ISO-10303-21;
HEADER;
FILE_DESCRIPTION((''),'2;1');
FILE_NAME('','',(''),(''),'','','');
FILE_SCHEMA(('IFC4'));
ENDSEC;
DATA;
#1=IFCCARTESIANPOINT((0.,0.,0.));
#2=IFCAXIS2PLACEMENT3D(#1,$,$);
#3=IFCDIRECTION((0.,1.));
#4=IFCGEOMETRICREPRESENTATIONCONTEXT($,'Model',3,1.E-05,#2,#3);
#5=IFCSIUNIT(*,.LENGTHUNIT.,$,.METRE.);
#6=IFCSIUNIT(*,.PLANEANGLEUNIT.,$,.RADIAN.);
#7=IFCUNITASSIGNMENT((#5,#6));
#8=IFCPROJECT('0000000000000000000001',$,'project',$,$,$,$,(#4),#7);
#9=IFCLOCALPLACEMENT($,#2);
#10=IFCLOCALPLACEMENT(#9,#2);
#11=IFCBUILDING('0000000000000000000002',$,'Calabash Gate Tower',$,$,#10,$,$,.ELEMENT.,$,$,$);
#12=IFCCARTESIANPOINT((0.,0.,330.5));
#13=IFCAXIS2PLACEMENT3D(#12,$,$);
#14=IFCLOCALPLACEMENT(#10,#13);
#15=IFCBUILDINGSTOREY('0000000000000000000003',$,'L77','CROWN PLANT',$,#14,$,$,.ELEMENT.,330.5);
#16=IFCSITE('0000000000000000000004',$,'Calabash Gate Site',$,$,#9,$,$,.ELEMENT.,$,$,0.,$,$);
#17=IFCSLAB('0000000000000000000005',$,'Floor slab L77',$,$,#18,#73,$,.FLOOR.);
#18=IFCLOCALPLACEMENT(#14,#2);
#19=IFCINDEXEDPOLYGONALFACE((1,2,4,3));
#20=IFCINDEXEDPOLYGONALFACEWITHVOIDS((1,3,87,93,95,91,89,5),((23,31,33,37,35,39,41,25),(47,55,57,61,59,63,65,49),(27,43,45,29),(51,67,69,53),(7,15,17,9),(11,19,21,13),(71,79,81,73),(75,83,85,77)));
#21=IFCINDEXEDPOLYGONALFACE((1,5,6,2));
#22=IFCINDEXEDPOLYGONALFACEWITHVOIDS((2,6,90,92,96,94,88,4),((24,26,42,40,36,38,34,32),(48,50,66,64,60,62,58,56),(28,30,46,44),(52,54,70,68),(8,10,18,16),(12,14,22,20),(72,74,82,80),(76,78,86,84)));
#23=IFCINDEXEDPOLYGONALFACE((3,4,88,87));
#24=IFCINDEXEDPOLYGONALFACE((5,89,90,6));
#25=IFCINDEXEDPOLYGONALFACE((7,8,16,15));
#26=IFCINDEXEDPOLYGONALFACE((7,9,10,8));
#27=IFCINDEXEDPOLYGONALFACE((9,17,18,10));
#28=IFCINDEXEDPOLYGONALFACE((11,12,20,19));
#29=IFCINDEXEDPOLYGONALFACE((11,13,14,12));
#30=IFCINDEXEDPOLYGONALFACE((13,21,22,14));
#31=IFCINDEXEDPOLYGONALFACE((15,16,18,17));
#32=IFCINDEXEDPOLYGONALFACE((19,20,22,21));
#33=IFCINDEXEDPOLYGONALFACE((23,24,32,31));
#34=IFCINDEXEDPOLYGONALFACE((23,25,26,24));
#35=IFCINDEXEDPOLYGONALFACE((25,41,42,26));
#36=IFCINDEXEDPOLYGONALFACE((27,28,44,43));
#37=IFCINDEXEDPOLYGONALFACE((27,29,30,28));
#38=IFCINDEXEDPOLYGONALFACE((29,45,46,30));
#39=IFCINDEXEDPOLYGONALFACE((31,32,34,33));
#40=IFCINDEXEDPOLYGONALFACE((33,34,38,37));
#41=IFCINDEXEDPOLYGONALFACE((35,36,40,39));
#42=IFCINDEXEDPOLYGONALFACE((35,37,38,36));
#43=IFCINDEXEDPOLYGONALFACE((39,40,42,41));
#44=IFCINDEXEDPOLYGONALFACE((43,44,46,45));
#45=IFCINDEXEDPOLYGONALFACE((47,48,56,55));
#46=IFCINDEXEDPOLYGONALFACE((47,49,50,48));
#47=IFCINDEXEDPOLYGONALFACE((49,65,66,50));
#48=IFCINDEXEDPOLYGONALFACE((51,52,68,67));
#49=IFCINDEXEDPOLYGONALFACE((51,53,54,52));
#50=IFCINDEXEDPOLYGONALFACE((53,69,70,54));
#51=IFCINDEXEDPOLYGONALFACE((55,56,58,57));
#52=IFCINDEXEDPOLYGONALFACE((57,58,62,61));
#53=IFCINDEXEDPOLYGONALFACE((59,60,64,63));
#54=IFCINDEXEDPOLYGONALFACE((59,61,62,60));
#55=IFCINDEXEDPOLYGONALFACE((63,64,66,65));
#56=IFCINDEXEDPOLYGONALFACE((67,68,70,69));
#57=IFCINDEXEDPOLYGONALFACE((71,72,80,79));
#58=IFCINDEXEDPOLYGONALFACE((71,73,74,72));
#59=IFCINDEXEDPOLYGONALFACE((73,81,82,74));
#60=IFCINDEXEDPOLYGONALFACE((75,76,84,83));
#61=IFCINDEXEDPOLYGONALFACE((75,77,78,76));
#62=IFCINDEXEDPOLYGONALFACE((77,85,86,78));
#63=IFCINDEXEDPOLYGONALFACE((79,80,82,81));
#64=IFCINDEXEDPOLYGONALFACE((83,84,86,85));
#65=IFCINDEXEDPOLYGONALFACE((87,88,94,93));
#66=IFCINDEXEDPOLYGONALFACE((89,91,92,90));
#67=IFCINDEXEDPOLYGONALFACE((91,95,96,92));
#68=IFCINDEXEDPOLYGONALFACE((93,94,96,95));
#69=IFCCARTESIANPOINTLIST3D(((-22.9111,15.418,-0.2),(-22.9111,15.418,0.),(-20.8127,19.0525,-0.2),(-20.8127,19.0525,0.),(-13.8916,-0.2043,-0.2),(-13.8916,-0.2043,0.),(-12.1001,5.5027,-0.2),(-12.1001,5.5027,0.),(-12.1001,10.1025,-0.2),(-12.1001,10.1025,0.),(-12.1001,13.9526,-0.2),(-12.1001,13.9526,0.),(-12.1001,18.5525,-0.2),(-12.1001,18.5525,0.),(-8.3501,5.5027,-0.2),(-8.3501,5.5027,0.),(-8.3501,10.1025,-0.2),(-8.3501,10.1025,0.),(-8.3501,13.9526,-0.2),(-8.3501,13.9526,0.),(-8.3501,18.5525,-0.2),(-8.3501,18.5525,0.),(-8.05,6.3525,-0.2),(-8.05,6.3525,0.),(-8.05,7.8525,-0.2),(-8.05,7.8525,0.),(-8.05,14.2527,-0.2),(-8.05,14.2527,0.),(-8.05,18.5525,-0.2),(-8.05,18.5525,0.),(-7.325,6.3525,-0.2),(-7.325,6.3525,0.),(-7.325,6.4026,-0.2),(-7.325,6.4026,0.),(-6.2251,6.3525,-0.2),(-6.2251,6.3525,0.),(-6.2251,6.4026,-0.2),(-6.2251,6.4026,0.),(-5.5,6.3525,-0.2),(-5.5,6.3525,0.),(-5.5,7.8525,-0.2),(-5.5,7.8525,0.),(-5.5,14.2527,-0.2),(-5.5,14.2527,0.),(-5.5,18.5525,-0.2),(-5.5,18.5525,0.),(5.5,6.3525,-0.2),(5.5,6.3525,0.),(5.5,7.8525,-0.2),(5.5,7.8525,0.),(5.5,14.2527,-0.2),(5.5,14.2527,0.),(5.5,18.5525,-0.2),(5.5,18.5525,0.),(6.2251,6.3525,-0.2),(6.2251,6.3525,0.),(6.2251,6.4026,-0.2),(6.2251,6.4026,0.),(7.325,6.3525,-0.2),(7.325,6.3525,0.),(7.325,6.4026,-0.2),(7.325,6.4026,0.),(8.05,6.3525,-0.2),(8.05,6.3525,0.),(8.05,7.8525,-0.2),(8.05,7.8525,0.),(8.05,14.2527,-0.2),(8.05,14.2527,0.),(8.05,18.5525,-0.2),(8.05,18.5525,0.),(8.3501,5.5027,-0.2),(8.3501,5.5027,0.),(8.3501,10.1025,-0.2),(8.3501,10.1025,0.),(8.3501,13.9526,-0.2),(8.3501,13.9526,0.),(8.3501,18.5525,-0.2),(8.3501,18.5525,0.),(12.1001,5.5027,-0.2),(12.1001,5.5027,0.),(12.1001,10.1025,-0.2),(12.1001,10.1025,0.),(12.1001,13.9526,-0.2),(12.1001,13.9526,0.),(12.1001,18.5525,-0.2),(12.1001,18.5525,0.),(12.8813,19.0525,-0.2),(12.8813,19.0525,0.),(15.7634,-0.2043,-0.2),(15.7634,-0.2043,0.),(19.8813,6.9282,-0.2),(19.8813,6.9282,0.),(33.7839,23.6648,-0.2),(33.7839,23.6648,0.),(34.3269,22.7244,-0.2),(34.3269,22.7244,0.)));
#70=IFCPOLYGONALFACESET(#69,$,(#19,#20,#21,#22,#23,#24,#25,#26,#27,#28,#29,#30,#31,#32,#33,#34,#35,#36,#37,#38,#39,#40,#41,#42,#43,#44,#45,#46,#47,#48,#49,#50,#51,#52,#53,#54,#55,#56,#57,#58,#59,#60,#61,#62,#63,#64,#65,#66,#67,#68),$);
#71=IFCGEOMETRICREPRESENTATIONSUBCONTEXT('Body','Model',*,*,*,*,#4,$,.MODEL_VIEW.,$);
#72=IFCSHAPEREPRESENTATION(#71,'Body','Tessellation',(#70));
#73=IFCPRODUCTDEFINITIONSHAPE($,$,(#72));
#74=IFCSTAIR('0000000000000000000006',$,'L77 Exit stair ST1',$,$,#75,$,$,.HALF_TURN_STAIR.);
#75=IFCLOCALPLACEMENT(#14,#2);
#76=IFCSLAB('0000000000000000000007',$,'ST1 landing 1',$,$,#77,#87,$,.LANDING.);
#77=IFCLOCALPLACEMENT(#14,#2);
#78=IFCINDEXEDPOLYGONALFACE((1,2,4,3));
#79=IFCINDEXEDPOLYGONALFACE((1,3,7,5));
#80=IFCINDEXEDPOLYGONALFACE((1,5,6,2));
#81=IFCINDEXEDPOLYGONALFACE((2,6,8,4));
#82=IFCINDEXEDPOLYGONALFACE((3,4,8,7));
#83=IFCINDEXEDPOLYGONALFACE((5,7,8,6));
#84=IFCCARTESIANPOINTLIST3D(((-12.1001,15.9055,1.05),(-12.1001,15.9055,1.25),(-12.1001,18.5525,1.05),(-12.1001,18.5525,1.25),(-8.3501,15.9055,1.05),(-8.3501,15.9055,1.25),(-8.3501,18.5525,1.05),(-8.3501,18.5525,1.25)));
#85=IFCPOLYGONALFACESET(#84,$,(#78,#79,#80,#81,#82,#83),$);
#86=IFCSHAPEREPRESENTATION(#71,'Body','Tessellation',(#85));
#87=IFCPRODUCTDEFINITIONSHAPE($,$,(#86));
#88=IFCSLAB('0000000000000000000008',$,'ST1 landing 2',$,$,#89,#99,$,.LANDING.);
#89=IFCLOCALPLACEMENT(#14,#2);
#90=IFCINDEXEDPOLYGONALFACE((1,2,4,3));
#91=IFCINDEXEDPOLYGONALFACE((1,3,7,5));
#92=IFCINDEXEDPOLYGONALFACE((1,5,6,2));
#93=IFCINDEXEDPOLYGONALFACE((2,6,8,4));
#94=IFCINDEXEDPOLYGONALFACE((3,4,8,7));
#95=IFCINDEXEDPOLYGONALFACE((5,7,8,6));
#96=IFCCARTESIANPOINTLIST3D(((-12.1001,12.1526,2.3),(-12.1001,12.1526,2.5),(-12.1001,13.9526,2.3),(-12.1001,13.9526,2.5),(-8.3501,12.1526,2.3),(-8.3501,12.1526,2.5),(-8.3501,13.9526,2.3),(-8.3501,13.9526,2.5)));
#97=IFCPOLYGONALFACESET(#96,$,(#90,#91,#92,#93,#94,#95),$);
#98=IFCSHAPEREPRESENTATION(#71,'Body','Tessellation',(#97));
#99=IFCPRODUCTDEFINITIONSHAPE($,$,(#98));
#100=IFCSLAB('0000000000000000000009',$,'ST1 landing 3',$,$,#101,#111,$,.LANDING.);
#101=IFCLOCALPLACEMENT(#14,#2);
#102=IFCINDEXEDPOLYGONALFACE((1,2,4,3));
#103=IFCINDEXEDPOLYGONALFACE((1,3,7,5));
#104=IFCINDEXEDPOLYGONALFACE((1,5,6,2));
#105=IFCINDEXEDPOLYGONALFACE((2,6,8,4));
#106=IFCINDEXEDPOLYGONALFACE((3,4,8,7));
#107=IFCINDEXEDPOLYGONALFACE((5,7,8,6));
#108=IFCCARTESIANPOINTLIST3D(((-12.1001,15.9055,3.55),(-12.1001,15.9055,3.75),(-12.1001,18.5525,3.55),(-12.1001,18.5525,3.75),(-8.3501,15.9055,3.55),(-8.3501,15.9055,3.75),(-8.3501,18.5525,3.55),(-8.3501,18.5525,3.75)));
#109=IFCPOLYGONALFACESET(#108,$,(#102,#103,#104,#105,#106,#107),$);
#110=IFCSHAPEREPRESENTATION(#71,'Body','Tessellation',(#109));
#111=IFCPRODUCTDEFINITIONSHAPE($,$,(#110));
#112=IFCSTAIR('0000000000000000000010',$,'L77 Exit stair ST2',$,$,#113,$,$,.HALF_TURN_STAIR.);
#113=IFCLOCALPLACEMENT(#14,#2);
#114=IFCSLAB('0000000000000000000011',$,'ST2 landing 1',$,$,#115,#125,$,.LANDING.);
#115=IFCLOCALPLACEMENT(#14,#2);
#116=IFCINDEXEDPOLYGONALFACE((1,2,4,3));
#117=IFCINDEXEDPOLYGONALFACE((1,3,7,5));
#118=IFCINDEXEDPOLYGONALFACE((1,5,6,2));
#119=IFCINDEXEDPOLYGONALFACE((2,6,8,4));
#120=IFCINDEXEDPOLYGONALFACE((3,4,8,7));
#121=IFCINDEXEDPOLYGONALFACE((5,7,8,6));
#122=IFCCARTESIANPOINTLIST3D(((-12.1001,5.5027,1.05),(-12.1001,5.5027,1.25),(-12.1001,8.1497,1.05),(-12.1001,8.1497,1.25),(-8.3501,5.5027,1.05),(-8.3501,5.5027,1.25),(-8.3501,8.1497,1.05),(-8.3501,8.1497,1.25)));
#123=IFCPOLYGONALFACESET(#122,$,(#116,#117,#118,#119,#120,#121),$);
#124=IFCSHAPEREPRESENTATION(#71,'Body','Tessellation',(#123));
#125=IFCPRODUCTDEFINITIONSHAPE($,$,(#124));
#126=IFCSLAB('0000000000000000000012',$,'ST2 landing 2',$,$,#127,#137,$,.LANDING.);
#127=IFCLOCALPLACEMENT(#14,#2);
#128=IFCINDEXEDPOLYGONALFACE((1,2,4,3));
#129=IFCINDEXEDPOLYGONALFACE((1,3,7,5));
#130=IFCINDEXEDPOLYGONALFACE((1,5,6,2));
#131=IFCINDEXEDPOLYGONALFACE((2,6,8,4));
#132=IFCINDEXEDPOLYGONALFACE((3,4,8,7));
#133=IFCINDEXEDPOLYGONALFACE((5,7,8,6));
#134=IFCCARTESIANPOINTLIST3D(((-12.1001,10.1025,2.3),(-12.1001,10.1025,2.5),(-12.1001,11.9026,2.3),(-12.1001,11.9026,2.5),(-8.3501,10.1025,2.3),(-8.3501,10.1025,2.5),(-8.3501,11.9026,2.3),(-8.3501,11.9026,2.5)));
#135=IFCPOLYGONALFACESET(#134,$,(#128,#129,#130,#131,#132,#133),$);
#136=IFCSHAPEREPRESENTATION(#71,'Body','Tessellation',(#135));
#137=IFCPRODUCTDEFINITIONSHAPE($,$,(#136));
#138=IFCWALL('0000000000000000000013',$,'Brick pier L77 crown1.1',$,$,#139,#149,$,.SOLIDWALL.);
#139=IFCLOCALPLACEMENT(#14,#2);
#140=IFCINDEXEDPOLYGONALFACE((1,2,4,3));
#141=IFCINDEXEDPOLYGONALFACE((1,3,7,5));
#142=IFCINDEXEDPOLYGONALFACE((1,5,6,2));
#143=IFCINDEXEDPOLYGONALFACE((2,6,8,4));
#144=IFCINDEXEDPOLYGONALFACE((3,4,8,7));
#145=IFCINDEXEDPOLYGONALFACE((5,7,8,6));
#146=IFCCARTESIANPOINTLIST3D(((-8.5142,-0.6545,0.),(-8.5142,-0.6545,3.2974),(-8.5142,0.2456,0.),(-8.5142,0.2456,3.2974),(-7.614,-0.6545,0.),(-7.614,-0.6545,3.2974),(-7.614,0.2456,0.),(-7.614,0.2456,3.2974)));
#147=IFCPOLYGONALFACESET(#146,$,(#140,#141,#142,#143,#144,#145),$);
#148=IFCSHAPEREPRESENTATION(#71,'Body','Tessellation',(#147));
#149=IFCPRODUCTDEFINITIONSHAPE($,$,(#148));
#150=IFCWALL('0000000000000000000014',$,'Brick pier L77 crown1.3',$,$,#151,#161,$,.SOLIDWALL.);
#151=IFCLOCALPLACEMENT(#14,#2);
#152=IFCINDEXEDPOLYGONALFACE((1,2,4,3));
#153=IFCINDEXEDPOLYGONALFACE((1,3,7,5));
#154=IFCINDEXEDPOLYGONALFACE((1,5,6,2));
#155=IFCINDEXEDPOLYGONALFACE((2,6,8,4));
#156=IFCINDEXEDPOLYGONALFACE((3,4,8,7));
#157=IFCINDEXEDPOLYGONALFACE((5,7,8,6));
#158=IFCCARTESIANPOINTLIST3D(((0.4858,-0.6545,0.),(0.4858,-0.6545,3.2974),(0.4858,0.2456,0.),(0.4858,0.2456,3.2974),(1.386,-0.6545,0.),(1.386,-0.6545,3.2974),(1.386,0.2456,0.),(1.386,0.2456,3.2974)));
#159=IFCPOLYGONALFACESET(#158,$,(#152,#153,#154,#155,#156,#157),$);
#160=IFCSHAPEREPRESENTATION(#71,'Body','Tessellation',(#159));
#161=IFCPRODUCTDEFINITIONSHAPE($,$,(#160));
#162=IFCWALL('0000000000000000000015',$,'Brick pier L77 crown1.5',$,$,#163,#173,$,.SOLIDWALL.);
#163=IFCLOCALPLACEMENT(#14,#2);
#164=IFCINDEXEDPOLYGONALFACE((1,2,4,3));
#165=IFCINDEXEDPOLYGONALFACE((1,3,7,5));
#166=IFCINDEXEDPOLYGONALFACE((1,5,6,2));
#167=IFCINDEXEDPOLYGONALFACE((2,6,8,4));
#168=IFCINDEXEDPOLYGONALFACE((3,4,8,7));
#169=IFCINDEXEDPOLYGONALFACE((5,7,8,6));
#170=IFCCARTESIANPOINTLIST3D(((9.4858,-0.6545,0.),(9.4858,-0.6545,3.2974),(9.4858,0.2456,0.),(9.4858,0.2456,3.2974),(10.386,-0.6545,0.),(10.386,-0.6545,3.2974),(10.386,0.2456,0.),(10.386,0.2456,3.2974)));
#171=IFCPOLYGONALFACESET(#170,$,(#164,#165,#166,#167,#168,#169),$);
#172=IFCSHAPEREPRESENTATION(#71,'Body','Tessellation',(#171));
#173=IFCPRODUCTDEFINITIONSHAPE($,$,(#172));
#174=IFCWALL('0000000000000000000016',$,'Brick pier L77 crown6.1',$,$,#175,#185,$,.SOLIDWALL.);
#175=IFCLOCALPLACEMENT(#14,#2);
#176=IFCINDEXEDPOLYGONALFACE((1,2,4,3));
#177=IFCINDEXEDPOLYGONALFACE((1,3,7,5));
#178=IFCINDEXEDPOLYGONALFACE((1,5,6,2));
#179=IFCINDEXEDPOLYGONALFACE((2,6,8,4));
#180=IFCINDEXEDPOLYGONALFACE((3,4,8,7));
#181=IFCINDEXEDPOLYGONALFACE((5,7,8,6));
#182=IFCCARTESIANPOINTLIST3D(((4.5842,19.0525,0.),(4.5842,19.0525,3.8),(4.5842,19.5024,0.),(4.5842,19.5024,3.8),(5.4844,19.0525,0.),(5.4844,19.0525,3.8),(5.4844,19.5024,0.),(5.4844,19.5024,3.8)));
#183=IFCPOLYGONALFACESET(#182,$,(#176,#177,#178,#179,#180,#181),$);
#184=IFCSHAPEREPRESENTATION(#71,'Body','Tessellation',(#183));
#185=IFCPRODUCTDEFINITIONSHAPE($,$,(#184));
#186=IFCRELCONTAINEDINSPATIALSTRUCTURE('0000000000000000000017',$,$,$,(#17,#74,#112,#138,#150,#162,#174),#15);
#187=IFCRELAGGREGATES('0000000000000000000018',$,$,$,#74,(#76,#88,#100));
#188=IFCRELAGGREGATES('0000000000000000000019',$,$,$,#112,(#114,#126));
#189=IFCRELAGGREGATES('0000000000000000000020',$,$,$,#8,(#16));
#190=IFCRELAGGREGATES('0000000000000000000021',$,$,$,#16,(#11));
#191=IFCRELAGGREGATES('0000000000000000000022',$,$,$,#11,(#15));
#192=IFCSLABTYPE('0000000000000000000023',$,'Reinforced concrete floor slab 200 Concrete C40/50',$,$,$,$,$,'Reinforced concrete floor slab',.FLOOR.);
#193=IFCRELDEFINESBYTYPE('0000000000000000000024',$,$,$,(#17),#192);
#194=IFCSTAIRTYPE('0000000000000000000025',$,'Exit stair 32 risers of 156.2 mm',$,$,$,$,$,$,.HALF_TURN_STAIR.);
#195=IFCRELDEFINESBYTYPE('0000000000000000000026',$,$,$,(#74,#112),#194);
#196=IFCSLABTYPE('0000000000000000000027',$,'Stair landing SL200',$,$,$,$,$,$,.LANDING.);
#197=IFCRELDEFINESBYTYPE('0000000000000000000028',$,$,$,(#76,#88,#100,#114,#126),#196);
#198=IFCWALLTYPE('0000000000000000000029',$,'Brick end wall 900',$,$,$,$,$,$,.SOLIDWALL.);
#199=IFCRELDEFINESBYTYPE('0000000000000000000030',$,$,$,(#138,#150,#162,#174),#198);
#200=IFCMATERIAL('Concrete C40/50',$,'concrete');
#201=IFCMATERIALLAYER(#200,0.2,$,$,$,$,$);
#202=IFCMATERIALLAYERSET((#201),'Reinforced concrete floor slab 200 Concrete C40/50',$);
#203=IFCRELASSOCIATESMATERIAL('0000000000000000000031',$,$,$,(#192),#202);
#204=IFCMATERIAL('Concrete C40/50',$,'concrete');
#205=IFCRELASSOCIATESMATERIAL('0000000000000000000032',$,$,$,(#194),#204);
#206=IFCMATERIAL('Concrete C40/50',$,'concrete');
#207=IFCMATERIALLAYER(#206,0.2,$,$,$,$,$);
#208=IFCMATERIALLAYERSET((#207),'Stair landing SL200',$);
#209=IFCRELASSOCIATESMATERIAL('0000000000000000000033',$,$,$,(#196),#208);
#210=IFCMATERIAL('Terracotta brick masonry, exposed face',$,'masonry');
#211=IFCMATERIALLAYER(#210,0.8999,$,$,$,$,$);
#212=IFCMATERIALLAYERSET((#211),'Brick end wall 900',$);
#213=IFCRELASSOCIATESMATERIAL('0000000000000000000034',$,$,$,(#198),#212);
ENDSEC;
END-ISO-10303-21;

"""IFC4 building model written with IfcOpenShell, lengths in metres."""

from ifc_helpers import new_model, si_unit, direction, frame, origin, place, context, subcontext, project, spatial, polyline, outline, extrude, material, layer, layer_set, type_object, element, aggregate, save


model = new_model("IFC4")

# Units and contexts
model_context = context("Model", 3, precision=1e-05, world=origin(), true_north=direction((0.0, 1.0)))
body_context = subcontext(model_context, "Body", "Model", "MODEL_VIEW")
ifc_project = project(units=[si_unit("LENGTHUNIT", "METRE"), si_unit("PLANEANGLEUNIT", "RADIAN")], contexts=[model_context])

# Site, building, storey
site_placement = place(None, origin())
site = spatial("IfcSite", under=ifc_project, at=site_placement, Name="Calabash Gate Site", CompositionType="ELEMENT", RefElevation=0.0)
building_placement = place(site_placement, origin())
building = spatial("IfcBuilding", under=site, at=building_placement, Name="Calabash Gate Tower", CompositionType="ELEMENT")
storey_placement = place(building_placement, frame((0.0, 0.0, 330.5)))
storey = spatial("IfcBuildingStorey", under=building, at=storey_placement, Name="L77", Description="CROWN PLANT", CompositionType="ELEMENT", Elevation=330.5)

# Slab
ifc_material_1 = material(Name="Concrete C40/50", Category="concrete")
ifc_layer_1 = layer(ifc_material_1, 0.2)
ifc_layer_set_1 = layer_set([ifc_layer_1], Name="Reinforced concrete floor slab 200 Concrete C40/50")
slab_type_1 = type_object("IfcSlabType", Name="Reinforced concrete floor slab 200 Concrete C40/50", ElementType="Reinforced concrete floor slab", PredefinedType="FLOOR", material=ifc_layer_set_1)
slab_1_placement = place(storey_placement, frame((0.0, 0.0, -0.2)))
element("IfcSlab", 1, at=slab_1_placement, inside=storey, type_object=slab_type_1, Name="Floor slab L77", PredefinedType="FLOOR", context=body_context, shape_type="SweptSolid", body=[
    extrude(outline(polyline([(-22.9111, 15.418), (-20.8127, 19.0525), (12.8813, 19.0525), (33.7839, 23.6648), (34.3269, 22.7244), (19.8813, 6.9282), (15.7634, -0.2043), (-13.8916, -0.2043), (-22.9111, 15.418)]), holes=[polyline([(-8.05, 18.5525), (-8.05, 14.2527), (-5.5, 14.2527), (-5.5, 18.5525), (-8.05, 18.5525)]), polyline([(8.05, 18.5525), (5.5, 18.5525), (5.5, 14.2527), (8.05, 14.2527), (8.05, 18.5525)]), polyline([(-8.3501, 18.5525), (-12.1001, 18.5525), (-12.1001, 13.9526), (-8.3501, 13.9526), (-8.3501, 18.5525)]), polyline([(-12.1001, 10.1025), (-12.1001, 5.5027), (-8.3501, 5.5027), (-8.3501, 10.1025), (-12.1001, 10.1025)]), polyline([(8.3501, 13.9526), (12.1001, 13.9526), (12.1001, 18.5525), (8.3501, 18.5525), (8.3501, 13.9526)]), polyline([(12.1001, 5.5027), (12.1001, 10.1025), (8.3501, 10.1025), (8.3501, 5.5027), (12.1001, 5.5027)]), polyline([(-7.325, 6.3525), (-7.325, 6.4026), (-6.2251, 6.4026), (-6.2251, 6.3525), (-5.5, 6.3525), (-5.5, 7.8525), (-8.05, 7.8525), (-8.05, 6.3525), (-7.325, 6.3525)]), polyline([(5.5, 6.3525), (6.2251, 6.3525), (6.2251, 6.4026), (7.325, 6.4026), (7.325, 6.3525), (8.05, 6.3525), (8.05, 7.8525), (5.5, 7.8525), (5.5, 6.3525)])]), origin(), (0.0, 0.0, 1.0), 0.2),
])

# Stairs, slabs
ifc_material_2 = material(Name="Concrete C40/50", Category="concrete")
stair_type = type_object("IfcStairType", Name="Exit stair 32 risers of 156.2 mm", PredefinedType="HALF_TURN_STAIR", material=ifc_material_2)
stair_1_placement = place(storey_placement, origin())
stair_1 = element("IfcStair", 2, at=stair_1_placement, inside=storey, type_object=stair_type, Name="L77 Exit stair ST1", PredefinedType="HALF_TURN_STAIR")
ifc_material_3 = material(Name="Concrete C40/50", Category="concrete")
ifc_layer_2 = layer(ifc_material_3, 0.2)
ifc_layer_set_2 = layer_set([ifc_layer_2], Name="Stair landing SL200")
slab_type_2 = type_object("IfcSlabType", Name="Stair landing SL200", PredefinedType="LANDING", material=ifc_layer_set_2)
slab_2_placement = place(storey_placement, frame((0.0, 0.0, 1.05)))
slab_2 = element("IfcSlab", 3, at=slab_2_placement, type_object=slab_type_2, Name="ST1 landing 1", PredefinedType="LANDING", context=body_context, shape_type="SweptSolid", body=[
    extrude(outline(polyline([(-8.3501, 15.9055), (-8.3501, 18.5525), (-12.1001, 18.5525), (-12.1001, 15.9055), (-8.3501, 15.9055)])), origin(), (0.0, 0.0, 1.0), 0.2),
])
slab_3_placement = place(storey_placement, frame((0.0, 0.0, 2.3)))
slab_3 = element("IfcSlab", 4, at=slab_3_placement, type_object=slab_type_2, Name="ST1 landing 2", PredefinedType="LANDING", context=body_context, shape_type="SweptSolid", body=[
    extrude(outline(polyline([(-8.3501, 12.1526), (-8.3501, 13.9526), (-12.1001, 13.9526), (-12.1001, 12.1526), (-8.3501, 12.1526)])), origin(), (0.0, 0.0, 1.0), 0.2),
])
slab_4_placement = place(storey_placement, frame((0.0, 0.0, 3.55)))
slab_4 = element("IfcSlab", 5, at=slab_4_placement, type_object=slab_type_2, Name="ST1 landing 3", PredefinedType="LANDING", context=body_context, shape_type="SweptSolid", body=[
    extrude(outline(polyline([(-8.3501, 15.9055), (-8.3501, 18.5525), (-12.1001, 18.5525), (-12.1001, 15.9055), (-8.3501, 15.9055)])), origin(), (0.0, 0.0, 1.0), 0.2),
])
aggregate(stair_1, [slab_2, slab_3, slab_4])
stair_2_placement = place(storey_placement, origin())
stair_2 = element("IfcStair", 6, at=stair_2_placement, inside=storey, type_object=stair_type, Name="L77 Exit stair ST2", PredefinedType="HALF_TURN_STAIR")
slab_5_placement = place(storey_placement, frame((0.0, 0.0, 1.05)))
slab_5 = element("IfcSlab", 7, at=slab_5_placement, type_object=slab_type_2, Name="ST2 landing 1", PredefinedType="LANDING", context=body_context, shape_type="SweptSolid", body=[
    extrude(outline(polyline([(-12.1001, 8.1497), (-12.1001, 5.5027), (-8.3501, 5.5027), (-8.3501, 8.1497), (-12.1001, 8.1497)])), origin(), (0.0, 0.0, 1.0), 0.2),
])
slab_6_placement = place(storey_placement, frame((0.0, 0.0, 2.3)))
slab_6 = element("IfcSlab", 8, at=slab_6_placement, type_object=slab_type_2, Name="ST2 landing 2", PredefinedType="LANDING", context=body_context, shape_type="SweptSolid", body=[
    extrude(outline(polyline([(-12.1001, 11.9026), (-12.1001, 10.1025), (-8.3501, 10.1025), (-8.3501, 11.9026), (-12.1001, 11.9026)])), origin(), (0.0, 0.0, 1.0), 0.2),
])
aggregate(stair_2, [slab_5, slab_6])

# Walls
ifc_material_4 = material(Name="Terracotta brick masonry, exposed face", Category="masonry")
ifc_layer_3 = layer(ifc_material_4, 0.8999)
ifc_layer_set_3 = layer_set([ifc_layer_3], Name="Brick end wall 900")
wall_type_1 = type_object("IfcWallType", Name="Brick end wall 900", PredefinedType="SOLIDWALL", material=ifc_layer_set_3)
wall_1_placement = place(storey_placement, origin())
element("IfcWall", 9, at=wall_1_placement, inside=storey, type_object=wall_type_1, Name="Brick pier L77 crown1.1", PredefinedType="SOLIDWALL", context=body_context, shape_type="SweptSolid", body=[
    extrude(outline(polyline([(-7.614, 0.2456), (-8.5142, 0.2456), (-8.5142, -0.6545), (-7.614, -0.6545), (-7.614, 0.2456)])), origin(), (0.0, 0.0, 1.0), 3.2974),
])
wall_2_placement = place(storey_placement, origin())
element("IfcWall", 10, at=wall_2_placement, inside=storey, type_object=wall_type_1, Name="Brick pier L77 crown1.3", PredefinedType="SOLIDWALL", context=body_context, shape_type="SweptSolid", body=[
    extrude(outline(polyline([(1.386, 0.2456), (0.4858, 0.2456), (0.4858, -0.6545), (1.386, -0.6545), (1.386, 0.2456)])), origin(), (0.0, 0.0, 1.0), 3.2974),
])
wall_3_placement = place(storey_placement, origin())
element("IfcWall", 11, at=wall_3_placement, inside=storey, type_object=wall_type_1, Name="Brick pier L77 crown1.5", PredefinedType="SOLIDWALL", context=body_context, shape_type="SweptSolid", body=[
    extrude(outline(polyline([(10.386, 0.2456), (9.4858, 0.2456), (9.4858, -0.6545), (10.386, -0.6545), (10.386, 0.2456)])), origin(), (0.0, 0.0, 1.0), 3.2974),
])
wall_4_placement = place(storey_placement, origin())
element("IfcWall", 12, at=wall_4_placement, inside=storey, type_object=wall_type_1, Name="Brick pier L77 crown6.1", PredefinedType="SOLIDWALL", context=body_context, shape_type="SweptSolid", body=[
    extrude(outline(polyline([(4.5842, 19.5024), (4.5842, 19.0525), (5.4844, 19.0525), (5.4844, 19.5024), (4.5842, 19.5024)])), origin(), (0.0, 0.0, 1.0), 3.8),
])

save(model, "model.ifc")
